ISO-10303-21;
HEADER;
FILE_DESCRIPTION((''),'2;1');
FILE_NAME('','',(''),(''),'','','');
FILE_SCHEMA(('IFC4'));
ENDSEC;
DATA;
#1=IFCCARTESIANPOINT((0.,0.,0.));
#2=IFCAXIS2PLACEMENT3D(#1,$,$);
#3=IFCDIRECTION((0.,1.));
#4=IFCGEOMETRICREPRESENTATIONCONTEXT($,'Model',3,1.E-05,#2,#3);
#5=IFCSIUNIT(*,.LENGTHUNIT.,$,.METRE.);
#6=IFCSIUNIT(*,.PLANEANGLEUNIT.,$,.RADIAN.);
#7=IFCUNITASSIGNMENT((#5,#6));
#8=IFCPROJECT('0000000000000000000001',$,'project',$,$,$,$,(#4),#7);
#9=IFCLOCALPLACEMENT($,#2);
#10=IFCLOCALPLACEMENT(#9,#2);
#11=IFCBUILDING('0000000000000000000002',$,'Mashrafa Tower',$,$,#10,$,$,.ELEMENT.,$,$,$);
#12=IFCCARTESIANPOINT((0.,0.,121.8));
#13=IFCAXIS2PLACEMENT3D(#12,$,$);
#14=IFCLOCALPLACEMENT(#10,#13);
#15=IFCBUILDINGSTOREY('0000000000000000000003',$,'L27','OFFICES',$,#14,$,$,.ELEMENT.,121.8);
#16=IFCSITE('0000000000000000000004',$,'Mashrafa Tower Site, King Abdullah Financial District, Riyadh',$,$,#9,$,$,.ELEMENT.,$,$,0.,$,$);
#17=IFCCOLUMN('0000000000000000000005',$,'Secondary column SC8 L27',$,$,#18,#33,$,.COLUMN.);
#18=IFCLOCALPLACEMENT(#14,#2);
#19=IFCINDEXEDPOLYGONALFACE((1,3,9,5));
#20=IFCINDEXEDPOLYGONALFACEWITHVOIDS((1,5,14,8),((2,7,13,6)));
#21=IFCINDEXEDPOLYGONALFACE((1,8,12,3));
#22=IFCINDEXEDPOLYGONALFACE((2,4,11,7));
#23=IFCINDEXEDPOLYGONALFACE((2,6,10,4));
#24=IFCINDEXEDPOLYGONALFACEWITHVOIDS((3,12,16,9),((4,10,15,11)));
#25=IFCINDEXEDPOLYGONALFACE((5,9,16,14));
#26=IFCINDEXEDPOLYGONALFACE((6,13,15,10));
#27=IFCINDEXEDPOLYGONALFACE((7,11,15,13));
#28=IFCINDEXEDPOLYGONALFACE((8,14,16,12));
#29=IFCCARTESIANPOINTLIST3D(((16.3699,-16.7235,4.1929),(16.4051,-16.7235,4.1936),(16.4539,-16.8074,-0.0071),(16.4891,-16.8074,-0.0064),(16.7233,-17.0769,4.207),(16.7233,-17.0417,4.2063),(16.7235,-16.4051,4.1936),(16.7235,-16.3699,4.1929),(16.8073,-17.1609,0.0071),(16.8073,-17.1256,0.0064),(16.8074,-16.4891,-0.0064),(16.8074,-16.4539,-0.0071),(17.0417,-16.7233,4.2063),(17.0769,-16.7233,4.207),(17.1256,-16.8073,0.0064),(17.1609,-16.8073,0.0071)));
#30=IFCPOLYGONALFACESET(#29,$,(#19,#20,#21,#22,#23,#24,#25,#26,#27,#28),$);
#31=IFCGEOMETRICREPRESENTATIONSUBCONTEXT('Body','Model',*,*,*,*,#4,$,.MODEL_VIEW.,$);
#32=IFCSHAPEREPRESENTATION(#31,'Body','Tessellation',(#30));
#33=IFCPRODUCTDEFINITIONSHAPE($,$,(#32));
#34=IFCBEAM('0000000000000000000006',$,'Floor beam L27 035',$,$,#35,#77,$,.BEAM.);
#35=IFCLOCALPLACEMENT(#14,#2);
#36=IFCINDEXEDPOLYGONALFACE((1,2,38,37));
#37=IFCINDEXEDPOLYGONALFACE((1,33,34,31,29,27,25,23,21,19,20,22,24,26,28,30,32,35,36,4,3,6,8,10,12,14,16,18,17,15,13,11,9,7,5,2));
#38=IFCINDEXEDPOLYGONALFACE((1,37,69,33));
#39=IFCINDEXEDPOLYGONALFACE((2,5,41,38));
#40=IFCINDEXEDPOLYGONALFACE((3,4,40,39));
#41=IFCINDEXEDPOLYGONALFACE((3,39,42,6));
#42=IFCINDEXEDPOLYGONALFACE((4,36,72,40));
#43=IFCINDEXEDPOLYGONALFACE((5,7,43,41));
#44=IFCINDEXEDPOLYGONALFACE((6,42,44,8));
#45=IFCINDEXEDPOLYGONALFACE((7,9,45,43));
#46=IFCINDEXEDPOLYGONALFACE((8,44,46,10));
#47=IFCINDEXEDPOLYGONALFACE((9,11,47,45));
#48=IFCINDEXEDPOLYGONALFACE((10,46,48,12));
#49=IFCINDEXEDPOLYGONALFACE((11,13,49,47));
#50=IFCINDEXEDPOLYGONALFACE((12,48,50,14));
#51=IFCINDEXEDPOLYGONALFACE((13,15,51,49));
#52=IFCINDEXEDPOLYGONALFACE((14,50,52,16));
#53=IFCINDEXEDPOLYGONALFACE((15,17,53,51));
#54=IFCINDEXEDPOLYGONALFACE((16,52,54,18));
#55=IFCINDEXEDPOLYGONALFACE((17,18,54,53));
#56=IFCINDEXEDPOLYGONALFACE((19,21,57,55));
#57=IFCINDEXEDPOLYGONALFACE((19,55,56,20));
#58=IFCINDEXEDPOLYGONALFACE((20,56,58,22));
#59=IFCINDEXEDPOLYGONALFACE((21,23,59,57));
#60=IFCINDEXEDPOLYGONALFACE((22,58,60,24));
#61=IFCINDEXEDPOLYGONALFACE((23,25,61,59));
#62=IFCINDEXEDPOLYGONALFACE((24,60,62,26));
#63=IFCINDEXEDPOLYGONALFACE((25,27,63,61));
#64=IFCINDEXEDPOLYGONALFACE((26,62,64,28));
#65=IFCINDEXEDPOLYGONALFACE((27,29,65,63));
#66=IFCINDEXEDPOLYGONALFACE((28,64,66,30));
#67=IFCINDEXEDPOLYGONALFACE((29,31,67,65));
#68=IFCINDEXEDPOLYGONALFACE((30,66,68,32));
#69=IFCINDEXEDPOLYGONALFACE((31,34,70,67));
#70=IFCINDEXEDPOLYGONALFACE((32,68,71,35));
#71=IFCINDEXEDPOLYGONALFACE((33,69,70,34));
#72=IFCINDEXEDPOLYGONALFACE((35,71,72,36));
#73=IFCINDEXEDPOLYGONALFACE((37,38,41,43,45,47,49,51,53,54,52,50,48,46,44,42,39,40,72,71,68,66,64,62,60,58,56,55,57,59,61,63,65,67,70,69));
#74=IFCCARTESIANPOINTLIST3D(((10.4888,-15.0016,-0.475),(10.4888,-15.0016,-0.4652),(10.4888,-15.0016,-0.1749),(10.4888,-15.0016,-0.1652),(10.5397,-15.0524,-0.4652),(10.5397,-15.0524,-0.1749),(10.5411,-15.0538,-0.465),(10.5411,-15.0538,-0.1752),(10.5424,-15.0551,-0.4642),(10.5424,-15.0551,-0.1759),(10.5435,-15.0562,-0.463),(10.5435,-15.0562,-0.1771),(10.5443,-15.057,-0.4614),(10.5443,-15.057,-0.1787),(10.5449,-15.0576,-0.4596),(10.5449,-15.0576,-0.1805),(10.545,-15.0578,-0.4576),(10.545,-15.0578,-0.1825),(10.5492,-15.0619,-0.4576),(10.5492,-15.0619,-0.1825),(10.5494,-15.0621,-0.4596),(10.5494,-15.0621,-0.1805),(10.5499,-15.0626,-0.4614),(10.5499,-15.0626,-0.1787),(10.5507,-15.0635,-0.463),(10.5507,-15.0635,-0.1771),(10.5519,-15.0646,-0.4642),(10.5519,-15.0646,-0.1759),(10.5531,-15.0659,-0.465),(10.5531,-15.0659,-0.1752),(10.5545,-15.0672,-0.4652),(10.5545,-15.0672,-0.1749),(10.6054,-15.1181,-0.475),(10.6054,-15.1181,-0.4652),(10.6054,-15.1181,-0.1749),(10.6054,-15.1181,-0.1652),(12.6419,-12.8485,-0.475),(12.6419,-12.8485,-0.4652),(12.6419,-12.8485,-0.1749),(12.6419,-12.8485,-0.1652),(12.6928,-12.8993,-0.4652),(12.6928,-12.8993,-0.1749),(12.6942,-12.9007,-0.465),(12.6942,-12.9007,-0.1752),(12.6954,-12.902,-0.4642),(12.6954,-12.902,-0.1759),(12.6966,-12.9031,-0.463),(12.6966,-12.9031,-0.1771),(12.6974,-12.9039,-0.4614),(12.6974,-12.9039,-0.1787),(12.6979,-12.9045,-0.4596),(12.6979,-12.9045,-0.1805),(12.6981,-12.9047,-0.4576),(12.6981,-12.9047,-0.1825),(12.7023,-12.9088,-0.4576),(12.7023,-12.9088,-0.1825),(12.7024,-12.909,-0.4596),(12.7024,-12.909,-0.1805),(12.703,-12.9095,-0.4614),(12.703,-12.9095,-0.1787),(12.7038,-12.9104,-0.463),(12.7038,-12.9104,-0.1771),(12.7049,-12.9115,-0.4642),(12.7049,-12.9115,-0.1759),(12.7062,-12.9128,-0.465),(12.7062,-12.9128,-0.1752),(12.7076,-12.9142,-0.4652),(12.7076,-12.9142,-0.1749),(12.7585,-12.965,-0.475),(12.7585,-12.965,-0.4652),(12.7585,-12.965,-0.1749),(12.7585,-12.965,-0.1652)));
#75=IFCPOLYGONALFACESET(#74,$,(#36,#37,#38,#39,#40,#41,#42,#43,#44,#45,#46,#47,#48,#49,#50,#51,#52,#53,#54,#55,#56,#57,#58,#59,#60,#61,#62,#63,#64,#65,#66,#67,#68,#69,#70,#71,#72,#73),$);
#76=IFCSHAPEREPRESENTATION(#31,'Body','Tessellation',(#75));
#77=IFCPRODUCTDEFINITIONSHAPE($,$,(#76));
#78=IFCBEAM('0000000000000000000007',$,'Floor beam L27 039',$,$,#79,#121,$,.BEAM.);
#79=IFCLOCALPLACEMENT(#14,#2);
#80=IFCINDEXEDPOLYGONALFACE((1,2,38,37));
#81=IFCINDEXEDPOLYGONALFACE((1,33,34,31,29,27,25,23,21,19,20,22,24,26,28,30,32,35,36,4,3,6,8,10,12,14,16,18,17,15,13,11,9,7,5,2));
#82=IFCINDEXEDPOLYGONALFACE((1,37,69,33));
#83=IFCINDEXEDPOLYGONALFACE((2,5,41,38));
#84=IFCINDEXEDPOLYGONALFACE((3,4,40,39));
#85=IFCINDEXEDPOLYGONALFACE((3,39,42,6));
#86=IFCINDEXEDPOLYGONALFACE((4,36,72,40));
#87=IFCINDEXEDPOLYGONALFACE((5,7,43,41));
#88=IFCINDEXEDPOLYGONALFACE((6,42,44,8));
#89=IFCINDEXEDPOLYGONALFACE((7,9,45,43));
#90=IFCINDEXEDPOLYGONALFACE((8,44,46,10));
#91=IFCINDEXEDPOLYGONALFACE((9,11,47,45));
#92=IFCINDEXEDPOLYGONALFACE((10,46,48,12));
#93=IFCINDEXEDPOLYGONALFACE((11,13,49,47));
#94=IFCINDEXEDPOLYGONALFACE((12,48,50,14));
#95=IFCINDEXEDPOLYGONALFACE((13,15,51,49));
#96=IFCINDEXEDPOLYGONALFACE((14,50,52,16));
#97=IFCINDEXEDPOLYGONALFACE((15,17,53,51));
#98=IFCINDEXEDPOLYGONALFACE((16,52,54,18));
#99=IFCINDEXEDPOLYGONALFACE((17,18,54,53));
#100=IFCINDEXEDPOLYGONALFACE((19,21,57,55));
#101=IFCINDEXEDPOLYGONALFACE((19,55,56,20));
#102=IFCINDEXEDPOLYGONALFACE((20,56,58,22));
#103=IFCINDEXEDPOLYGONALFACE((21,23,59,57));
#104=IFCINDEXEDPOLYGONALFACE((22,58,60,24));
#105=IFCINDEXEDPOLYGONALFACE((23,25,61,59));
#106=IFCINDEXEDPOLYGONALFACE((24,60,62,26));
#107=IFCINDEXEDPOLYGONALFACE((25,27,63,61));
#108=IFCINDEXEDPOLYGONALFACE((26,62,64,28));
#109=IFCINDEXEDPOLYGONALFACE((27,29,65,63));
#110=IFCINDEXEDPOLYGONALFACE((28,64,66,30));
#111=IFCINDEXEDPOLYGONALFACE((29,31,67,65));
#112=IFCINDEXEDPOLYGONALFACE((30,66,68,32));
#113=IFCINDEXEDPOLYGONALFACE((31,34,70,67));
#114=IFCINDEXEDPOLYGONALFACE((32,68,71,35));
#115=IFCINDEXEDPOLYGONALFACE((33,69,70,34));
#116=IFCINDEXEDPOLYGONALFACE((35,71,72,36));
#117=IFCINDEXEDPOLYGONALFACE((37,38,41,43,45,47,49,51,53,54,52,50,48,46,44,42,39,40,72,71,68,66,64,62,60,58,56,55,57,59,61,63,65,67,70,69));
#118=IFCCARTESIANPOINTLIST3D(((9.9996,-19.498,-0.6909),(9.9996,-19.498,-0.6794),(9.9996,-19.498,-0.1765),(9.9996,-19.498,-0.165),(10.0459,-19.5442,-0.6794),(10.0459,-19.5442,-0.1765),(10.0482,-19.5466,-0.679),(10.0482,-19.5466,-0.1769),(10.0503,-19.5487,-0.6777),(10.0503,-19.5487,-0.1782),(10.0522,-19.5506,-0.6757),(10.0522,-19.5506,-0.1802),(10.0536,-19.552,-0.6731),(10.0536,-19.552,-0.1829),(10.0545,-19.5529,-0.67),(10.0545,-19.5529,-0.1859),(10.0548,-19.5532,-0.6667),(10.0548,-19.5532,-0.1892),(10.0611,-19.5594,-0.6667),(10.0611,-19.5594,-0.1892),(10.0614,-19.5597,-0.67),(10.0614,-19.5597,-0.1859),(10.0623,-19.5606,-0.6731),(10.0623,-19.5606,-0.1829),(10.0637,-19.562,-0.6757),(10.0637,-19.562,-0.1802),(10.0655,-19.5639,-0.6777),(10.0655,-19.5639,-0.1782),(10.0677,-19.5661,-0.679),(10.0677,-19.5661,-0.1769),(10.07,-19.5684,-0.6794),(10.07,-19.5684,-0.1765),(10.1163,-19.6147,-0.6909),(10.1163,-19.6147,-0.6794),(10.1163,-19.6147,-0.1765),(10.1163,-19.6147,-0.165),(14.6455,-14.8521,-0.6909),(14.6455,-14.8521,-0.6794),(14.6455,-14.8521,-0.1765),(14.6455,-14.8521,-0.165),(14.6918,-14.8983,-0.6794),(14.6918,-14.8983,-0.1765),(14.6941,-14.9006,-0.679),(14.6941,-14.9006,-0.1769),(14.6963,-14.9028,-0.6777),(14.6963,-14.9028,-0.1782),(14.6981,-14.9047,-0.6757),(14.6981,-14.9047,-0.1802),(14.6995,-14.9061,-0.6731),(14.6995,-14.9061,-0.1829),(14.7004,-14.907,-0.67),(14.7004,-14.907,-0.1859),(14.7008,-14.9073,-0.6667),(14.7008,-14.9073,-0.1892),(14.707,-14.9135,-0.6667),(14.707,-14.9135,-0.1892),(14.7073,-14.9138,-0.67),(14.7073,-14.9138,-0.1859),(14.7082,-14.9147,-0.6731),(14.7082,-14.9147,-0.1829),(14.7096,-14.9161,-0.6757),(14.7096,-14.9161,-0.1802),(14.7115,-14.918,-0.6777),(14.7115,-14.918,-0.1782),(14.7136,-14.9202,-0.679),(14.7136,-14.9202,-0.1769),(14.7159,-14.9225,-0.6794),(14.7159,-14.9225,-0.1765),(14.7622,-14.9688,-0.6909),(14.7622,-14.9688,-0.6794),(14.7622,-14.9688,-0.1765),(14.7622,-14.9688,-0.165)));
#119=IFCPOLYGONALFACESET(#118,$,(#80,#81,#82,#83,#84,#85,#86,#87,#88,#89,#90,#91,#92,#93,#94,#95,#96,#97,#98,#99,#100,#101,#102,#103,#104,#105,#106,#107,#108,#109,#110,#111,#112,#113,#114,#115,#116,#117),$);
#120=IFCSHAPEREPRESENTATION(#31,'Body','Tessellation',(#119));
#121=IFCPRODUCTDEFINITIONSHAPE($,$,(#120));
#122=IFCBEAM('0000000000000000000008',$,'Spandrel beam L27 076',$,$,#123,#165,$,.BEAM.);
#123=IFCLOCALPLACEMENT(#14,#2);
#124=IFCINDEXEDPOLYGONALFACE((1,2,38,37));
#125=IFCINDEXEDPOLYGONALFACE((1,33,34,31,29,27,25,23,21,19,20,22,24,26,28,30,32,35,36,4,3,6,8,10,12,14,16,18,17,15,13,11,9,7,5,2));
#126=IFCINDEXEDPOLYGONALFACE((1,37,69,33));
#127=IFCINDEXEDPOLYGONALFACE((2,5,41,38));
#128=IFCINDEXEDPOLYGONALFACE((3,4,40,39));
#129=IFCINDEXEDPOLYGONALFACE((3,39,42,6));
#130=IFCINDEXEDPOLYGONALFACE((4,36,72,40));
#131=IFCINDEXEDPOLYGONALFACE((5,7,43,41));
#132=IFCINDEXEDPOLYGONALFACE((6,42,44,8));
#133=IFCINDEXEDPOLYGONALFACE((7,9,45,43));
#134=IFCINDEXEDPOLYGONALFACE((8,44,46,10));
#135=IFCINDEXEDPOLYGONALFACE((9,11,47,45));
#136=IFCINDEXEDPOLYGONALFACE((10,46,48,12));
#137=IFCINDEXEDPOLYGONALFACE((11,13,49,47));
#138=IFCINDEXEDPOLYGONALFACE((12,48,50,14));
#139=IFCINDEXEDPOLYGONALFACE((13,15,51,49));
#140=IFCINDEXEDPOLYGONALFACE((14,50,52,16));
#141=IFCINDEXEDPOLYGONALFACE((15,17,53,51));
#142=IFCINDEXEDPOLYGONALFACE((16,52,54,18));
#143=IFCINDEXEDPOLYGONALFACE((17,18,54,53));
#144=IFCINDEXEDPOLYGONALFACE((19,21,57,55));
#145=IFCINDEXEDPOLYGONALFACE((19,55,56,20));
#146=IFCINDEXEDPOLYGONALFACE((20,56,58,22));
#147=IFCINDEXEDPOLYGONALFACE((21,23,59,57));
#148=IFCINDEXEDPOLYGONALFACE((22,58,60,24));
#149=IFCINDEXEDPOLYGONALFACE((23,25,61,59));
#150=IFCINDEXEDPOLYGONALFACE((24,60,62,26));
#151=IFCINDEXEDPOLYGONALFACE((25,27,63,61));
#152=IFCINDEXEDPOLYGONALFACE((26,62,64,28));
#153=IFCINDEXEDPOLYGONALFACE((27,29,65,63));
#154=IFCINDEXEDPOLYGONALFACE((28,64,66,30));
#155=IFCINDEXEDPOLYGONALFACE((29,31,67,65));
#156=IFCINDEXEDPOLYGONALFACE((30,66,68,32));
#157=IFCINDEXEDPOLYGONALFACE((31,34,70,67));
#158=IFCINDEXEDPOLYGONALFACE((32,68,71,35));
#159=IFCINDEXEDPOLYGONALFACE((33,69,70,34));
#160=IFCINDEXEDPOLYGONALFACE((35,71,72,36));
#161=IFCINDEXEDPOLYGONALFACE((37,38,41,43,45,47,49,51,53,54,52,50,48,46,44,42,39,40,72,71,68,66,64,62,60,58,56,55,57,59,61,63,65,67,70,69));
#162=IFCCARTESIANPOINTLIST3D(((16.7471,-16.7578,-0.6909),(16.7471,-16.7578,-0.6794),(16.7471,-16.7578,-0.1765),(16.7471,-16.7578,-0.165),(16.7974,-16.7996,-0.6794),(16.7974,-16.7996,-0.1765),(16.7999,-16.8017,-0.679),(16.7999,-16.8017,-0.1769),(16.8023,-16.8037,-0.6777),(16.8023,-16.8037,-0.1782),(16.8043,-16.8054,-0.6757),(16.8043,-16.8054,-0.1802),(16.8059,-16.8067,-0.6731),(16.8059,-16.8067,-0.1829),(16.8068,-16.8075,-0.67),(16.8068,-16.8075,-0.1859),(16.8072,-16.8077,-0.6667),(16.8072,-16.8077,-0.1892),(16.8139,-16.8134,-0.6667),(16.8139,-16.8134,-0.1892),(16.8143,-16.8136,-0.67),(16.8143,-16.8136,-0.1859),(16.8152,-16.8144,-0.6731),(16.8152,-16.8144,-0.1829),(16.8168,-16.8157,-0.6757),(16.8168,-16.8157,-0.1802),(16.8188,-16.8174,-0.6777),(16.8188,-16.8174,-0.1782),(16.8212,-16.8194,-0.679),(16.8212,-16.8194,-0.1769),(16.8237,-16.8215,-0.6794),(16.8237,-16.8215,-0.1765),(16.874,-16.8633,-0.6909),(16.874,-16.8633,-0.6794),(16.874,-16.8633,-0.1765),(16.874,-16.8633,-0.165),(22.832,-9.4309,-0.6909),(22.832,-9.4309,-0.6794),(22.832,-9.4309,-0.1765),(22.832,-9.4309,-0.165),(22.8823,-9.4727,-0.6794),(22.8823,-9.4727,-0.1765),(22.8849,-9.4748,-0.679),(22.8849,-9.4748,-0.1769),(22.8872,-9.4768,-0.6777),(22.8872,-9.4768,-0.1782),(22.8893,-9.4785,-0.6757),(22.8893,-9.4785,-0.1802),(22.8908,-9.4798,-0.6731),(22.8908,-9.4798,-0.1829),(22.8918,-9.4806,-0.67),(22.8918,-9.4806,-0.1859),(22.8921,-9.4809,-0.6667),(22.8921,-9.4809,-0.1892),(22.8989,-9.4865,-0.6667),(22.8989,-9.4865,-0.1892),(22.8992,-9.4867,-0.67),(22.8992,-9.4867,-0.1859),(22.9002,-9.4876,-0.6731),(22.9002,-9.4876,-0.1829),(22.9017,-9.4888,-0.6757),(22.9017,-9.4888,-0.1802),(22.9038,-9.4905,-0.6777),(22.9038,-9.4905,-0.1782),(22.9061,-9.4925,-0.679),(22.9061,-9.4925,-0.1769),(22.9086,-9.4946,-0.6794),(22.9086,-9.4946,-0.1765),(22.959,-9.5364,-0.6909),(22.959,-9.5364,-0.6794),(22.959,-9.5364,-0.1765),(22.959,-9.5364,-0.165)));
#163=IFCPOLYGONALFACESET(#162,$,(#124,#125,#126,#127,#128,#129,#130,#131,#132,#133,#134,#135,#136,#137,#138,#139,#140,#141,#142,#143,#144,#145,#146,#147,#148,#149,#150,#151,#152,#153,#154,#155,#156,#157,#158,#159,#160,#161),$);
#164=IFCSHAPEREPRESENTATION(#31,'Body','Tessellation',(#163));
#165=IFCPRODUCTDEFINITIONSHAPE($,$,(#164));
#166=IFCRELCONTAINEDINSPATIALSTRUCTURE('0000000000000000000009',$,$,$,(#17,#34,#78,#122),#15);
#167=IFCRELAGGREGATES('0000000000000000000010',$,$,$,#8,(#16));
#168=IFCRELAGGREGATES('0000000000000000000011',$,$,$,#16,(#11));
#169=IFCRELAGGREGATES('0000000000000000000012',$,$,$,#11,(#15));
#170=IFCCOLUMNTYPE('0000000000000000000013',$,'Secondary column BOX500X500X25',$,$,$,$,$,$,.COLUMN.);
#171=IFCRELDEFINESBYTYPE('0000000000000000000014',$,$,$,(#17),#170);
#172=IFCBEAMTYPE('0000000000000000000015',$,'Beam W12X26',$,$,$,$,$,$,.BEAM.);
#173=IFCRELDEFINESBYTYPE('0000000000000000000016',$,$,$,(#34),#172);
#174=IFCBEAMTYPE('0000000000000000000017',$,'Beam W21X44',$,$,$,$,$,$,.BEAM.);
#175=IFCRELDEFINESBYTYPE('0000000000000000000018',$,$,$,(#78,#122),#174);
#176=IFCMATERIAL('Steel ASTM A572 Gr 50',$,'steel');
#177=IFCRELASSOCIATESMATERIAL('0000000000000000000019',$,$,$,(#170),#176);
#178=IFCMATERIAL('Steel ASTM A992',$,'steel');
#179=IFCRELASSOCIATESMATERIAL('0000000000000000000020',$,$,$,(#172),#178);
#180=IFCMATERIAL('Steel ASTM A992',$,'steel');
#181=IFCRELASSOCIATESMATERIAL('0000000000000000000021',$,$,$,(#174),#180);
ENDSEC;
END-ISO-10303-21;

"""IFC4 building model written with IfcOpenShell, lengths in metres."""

from ifc_helpers import new_model, si_unit, direction, frame, origin, origin_2d, place, context, subcontext, project, spatial, hollow_rectangle, i_section, extrude, material, material_profile, profile_set, type_object, element, save


model = new_model("IFC4")

# Units and contexts
model_context = context("Model", 3, precision=1e-05, world=origin(), true_north=direction((0.0, 1.0)))
body_context = subcontext(model_context, "Body", "Model", "MODEL_VIEW")
ifc_project = project(units=[si_unit("LENGTHUNIT", "METRE"), si_unit("PLANEANGLEUNIT", "RADIAN")], contexts=[model_context])

# Site, building, storey
site_placement = place(None, origin())
site = spatial("IfcSite", under=ifc_project, at=site_placement, Name="Mashrafa Tower Site, King Abdullah Financial District, Riyadh", CompositionType="ELEMENT", RefElevation=0.0)
building_placement = place(site_placement, origin())
building = spatial("IfcBuilding", under=site, at=building_placement, Name="Mashrafa Tower", CompositionType="ELEMENT")
storey_placement = place(building_placement, frame((0.0, 0.0, 121.8)))
storey = spatial("IfcBuildingStorey", under=building, at=storey_placement, Name="L27", Description="OFFICES", CompositionType="ELEMENT", Elevation=121.8)

# Column
ifc_material_1 = material(Name="Steel ASTM A572 Gr 50", Category="steel")
ifc_material_profile_1 = material_profile(ifc_material_1, hollow_rectangle(XDim=0.5, YDim=0.5, WallThickness=0.0249, at=origin_2d()), Name="BOX500X500X25")
ifc_profile_set_1 = profile_set([ifc_material_profile_1], Name="Steel ASTM A572 Gr 50")
column_type = type_object("IfcColumnType", Name="Secondary column BOX500X500X25", PredefinedType="COLUMN", material=ifc_profile_set_1)
column_placement = place(storey_placement, frame((16.8074, -16.8074, 0.0), z_axis=(-0.019989, 0.019989, 0.9996), x_axis=(-0.707107, -0.707107, 0.0)))
element("IfcColumn", 1, at=column_placement, inside=storey, type_object=column_type, Name="Secondary column SC8 L27", PredefinedType="COLUMN", context=body_context, shape_type="SweptSolid", body=[
    extrude(hollow_rectangle(XDim=0.5, YDim=0.5, WallThickness=0.0249, at=origin_2d()), origin(), (0.0, 0.0, 1.0), 4.2017),
])

# Beams
ifc_material_2 = material(Name="Steel ASTM A992", Category="steel")
ifc_material_profile_2 = material_profile(ifc_material_2, i_section(OverallWidth=0.1648, OverallDepth=0.3098, WebThickness=0.0059, FlangeThickness=0.0098, FilletRadius=0.0076, at=origin_2d()), Name="W12X26")
ifc_profile_set_2 = profile_set([ifc_material_profile_2], Name="Steel ASTM A992")
beam_type_1 = type_object("IfcBeamType", Name="Beam W12X26", PredefinedType="BEAM", material=ifc_profile_set_2)
beam_1_placement = place(storey_placement, frame((12.7002, -12.9067, -0.3201), z_axis=(-0.707107, -0.707107, 0.0), x_axis=(0.707107, -0.707107, 0.0)))
element("IfcBeam", 2, at=beam_1_placement, inside=storey, type_object=beam_type_1, Name="Floor beam L27 035", PredefinedType="BEAM", context=body_context, shape_type="SweptSolid", body=[
    extrude(i_section(OverallWidth=0.1648, OverallDepth=0.3098, WebThickness=0.0059, FlangeThickness=0.0098, FilletRadius=0.0076, at=origin_2d()), origin(), (0.0, 0.0, 1.0), 3.0449),
])
ifc_material_3 = material(Name="Steel ASTM A992", Category="steel")
ifc_material_profile_3 = material_profile(ifc_material_3, i_section(OverallWidth=0.165, OverallDepth=0.5259, WebThickness=0.0088, FlangeThickness=0.0115, FilletRadius=0.0127, at=origin_2d()), Name="W21X44")
ifc_profile_set_3 = profile_set([ifc_material_profile_3], Name="Steel ASTM A992")
beam_type_2 = type_object("IfcBeamType", Name="Beam W21X44", PredefinedType="BEAM", material=ifc_profile_set_3)
beam_2_placement = place(storey_placement, frame((14.7039, -14.9104, -0.428), z_axis=(-0.707107, -0.707107, 0.0), x_axis=(0.707107, -0.707107, 0.0)))
element("IfcBeam", 3, at=beam_2_placement, inside=storey, type_object=beam_type_2, Name="Floor beam L27 039", PredefinedType="BEAM", context=body_context, shape_type="SweptSolid", body=[
    extrude(i_section(OverallWidth=0.165, OverallDepth=0.5259, WebThickness=0.0088, FlangeThickness=0.0115, FilletRadius=0.0127, at=origin_2d()), origin(), (0.0, 0.0, 1.0), 6.5703),
])
beam_3_placement = place(storey_placement, frame((16.8105, -16.8105, -0.428), z_axis=(0.638895, 0.769294, 0.0), x_axis=(-0.769294, 0.638895, 0.0)))
element("IfcBeam", 4, at=beam_3_placement, inside=storey, type_object=beam_type_2, Name="Spandrel beam L27 076", PredefinedType="BEAM", context=body_context, shape_type="SweptSolid", body=[
    extrude(i_section(OverallWidth=0.165, OverallDepth=0.5259, WebThickness=0.0088, FlangeThickness=0.0115, FilletRadius=0.0127, at=origin_2d()), origin(), (0.0, 0.0, 1.0), 9.5242),
])

save(model, "model.ifc")
